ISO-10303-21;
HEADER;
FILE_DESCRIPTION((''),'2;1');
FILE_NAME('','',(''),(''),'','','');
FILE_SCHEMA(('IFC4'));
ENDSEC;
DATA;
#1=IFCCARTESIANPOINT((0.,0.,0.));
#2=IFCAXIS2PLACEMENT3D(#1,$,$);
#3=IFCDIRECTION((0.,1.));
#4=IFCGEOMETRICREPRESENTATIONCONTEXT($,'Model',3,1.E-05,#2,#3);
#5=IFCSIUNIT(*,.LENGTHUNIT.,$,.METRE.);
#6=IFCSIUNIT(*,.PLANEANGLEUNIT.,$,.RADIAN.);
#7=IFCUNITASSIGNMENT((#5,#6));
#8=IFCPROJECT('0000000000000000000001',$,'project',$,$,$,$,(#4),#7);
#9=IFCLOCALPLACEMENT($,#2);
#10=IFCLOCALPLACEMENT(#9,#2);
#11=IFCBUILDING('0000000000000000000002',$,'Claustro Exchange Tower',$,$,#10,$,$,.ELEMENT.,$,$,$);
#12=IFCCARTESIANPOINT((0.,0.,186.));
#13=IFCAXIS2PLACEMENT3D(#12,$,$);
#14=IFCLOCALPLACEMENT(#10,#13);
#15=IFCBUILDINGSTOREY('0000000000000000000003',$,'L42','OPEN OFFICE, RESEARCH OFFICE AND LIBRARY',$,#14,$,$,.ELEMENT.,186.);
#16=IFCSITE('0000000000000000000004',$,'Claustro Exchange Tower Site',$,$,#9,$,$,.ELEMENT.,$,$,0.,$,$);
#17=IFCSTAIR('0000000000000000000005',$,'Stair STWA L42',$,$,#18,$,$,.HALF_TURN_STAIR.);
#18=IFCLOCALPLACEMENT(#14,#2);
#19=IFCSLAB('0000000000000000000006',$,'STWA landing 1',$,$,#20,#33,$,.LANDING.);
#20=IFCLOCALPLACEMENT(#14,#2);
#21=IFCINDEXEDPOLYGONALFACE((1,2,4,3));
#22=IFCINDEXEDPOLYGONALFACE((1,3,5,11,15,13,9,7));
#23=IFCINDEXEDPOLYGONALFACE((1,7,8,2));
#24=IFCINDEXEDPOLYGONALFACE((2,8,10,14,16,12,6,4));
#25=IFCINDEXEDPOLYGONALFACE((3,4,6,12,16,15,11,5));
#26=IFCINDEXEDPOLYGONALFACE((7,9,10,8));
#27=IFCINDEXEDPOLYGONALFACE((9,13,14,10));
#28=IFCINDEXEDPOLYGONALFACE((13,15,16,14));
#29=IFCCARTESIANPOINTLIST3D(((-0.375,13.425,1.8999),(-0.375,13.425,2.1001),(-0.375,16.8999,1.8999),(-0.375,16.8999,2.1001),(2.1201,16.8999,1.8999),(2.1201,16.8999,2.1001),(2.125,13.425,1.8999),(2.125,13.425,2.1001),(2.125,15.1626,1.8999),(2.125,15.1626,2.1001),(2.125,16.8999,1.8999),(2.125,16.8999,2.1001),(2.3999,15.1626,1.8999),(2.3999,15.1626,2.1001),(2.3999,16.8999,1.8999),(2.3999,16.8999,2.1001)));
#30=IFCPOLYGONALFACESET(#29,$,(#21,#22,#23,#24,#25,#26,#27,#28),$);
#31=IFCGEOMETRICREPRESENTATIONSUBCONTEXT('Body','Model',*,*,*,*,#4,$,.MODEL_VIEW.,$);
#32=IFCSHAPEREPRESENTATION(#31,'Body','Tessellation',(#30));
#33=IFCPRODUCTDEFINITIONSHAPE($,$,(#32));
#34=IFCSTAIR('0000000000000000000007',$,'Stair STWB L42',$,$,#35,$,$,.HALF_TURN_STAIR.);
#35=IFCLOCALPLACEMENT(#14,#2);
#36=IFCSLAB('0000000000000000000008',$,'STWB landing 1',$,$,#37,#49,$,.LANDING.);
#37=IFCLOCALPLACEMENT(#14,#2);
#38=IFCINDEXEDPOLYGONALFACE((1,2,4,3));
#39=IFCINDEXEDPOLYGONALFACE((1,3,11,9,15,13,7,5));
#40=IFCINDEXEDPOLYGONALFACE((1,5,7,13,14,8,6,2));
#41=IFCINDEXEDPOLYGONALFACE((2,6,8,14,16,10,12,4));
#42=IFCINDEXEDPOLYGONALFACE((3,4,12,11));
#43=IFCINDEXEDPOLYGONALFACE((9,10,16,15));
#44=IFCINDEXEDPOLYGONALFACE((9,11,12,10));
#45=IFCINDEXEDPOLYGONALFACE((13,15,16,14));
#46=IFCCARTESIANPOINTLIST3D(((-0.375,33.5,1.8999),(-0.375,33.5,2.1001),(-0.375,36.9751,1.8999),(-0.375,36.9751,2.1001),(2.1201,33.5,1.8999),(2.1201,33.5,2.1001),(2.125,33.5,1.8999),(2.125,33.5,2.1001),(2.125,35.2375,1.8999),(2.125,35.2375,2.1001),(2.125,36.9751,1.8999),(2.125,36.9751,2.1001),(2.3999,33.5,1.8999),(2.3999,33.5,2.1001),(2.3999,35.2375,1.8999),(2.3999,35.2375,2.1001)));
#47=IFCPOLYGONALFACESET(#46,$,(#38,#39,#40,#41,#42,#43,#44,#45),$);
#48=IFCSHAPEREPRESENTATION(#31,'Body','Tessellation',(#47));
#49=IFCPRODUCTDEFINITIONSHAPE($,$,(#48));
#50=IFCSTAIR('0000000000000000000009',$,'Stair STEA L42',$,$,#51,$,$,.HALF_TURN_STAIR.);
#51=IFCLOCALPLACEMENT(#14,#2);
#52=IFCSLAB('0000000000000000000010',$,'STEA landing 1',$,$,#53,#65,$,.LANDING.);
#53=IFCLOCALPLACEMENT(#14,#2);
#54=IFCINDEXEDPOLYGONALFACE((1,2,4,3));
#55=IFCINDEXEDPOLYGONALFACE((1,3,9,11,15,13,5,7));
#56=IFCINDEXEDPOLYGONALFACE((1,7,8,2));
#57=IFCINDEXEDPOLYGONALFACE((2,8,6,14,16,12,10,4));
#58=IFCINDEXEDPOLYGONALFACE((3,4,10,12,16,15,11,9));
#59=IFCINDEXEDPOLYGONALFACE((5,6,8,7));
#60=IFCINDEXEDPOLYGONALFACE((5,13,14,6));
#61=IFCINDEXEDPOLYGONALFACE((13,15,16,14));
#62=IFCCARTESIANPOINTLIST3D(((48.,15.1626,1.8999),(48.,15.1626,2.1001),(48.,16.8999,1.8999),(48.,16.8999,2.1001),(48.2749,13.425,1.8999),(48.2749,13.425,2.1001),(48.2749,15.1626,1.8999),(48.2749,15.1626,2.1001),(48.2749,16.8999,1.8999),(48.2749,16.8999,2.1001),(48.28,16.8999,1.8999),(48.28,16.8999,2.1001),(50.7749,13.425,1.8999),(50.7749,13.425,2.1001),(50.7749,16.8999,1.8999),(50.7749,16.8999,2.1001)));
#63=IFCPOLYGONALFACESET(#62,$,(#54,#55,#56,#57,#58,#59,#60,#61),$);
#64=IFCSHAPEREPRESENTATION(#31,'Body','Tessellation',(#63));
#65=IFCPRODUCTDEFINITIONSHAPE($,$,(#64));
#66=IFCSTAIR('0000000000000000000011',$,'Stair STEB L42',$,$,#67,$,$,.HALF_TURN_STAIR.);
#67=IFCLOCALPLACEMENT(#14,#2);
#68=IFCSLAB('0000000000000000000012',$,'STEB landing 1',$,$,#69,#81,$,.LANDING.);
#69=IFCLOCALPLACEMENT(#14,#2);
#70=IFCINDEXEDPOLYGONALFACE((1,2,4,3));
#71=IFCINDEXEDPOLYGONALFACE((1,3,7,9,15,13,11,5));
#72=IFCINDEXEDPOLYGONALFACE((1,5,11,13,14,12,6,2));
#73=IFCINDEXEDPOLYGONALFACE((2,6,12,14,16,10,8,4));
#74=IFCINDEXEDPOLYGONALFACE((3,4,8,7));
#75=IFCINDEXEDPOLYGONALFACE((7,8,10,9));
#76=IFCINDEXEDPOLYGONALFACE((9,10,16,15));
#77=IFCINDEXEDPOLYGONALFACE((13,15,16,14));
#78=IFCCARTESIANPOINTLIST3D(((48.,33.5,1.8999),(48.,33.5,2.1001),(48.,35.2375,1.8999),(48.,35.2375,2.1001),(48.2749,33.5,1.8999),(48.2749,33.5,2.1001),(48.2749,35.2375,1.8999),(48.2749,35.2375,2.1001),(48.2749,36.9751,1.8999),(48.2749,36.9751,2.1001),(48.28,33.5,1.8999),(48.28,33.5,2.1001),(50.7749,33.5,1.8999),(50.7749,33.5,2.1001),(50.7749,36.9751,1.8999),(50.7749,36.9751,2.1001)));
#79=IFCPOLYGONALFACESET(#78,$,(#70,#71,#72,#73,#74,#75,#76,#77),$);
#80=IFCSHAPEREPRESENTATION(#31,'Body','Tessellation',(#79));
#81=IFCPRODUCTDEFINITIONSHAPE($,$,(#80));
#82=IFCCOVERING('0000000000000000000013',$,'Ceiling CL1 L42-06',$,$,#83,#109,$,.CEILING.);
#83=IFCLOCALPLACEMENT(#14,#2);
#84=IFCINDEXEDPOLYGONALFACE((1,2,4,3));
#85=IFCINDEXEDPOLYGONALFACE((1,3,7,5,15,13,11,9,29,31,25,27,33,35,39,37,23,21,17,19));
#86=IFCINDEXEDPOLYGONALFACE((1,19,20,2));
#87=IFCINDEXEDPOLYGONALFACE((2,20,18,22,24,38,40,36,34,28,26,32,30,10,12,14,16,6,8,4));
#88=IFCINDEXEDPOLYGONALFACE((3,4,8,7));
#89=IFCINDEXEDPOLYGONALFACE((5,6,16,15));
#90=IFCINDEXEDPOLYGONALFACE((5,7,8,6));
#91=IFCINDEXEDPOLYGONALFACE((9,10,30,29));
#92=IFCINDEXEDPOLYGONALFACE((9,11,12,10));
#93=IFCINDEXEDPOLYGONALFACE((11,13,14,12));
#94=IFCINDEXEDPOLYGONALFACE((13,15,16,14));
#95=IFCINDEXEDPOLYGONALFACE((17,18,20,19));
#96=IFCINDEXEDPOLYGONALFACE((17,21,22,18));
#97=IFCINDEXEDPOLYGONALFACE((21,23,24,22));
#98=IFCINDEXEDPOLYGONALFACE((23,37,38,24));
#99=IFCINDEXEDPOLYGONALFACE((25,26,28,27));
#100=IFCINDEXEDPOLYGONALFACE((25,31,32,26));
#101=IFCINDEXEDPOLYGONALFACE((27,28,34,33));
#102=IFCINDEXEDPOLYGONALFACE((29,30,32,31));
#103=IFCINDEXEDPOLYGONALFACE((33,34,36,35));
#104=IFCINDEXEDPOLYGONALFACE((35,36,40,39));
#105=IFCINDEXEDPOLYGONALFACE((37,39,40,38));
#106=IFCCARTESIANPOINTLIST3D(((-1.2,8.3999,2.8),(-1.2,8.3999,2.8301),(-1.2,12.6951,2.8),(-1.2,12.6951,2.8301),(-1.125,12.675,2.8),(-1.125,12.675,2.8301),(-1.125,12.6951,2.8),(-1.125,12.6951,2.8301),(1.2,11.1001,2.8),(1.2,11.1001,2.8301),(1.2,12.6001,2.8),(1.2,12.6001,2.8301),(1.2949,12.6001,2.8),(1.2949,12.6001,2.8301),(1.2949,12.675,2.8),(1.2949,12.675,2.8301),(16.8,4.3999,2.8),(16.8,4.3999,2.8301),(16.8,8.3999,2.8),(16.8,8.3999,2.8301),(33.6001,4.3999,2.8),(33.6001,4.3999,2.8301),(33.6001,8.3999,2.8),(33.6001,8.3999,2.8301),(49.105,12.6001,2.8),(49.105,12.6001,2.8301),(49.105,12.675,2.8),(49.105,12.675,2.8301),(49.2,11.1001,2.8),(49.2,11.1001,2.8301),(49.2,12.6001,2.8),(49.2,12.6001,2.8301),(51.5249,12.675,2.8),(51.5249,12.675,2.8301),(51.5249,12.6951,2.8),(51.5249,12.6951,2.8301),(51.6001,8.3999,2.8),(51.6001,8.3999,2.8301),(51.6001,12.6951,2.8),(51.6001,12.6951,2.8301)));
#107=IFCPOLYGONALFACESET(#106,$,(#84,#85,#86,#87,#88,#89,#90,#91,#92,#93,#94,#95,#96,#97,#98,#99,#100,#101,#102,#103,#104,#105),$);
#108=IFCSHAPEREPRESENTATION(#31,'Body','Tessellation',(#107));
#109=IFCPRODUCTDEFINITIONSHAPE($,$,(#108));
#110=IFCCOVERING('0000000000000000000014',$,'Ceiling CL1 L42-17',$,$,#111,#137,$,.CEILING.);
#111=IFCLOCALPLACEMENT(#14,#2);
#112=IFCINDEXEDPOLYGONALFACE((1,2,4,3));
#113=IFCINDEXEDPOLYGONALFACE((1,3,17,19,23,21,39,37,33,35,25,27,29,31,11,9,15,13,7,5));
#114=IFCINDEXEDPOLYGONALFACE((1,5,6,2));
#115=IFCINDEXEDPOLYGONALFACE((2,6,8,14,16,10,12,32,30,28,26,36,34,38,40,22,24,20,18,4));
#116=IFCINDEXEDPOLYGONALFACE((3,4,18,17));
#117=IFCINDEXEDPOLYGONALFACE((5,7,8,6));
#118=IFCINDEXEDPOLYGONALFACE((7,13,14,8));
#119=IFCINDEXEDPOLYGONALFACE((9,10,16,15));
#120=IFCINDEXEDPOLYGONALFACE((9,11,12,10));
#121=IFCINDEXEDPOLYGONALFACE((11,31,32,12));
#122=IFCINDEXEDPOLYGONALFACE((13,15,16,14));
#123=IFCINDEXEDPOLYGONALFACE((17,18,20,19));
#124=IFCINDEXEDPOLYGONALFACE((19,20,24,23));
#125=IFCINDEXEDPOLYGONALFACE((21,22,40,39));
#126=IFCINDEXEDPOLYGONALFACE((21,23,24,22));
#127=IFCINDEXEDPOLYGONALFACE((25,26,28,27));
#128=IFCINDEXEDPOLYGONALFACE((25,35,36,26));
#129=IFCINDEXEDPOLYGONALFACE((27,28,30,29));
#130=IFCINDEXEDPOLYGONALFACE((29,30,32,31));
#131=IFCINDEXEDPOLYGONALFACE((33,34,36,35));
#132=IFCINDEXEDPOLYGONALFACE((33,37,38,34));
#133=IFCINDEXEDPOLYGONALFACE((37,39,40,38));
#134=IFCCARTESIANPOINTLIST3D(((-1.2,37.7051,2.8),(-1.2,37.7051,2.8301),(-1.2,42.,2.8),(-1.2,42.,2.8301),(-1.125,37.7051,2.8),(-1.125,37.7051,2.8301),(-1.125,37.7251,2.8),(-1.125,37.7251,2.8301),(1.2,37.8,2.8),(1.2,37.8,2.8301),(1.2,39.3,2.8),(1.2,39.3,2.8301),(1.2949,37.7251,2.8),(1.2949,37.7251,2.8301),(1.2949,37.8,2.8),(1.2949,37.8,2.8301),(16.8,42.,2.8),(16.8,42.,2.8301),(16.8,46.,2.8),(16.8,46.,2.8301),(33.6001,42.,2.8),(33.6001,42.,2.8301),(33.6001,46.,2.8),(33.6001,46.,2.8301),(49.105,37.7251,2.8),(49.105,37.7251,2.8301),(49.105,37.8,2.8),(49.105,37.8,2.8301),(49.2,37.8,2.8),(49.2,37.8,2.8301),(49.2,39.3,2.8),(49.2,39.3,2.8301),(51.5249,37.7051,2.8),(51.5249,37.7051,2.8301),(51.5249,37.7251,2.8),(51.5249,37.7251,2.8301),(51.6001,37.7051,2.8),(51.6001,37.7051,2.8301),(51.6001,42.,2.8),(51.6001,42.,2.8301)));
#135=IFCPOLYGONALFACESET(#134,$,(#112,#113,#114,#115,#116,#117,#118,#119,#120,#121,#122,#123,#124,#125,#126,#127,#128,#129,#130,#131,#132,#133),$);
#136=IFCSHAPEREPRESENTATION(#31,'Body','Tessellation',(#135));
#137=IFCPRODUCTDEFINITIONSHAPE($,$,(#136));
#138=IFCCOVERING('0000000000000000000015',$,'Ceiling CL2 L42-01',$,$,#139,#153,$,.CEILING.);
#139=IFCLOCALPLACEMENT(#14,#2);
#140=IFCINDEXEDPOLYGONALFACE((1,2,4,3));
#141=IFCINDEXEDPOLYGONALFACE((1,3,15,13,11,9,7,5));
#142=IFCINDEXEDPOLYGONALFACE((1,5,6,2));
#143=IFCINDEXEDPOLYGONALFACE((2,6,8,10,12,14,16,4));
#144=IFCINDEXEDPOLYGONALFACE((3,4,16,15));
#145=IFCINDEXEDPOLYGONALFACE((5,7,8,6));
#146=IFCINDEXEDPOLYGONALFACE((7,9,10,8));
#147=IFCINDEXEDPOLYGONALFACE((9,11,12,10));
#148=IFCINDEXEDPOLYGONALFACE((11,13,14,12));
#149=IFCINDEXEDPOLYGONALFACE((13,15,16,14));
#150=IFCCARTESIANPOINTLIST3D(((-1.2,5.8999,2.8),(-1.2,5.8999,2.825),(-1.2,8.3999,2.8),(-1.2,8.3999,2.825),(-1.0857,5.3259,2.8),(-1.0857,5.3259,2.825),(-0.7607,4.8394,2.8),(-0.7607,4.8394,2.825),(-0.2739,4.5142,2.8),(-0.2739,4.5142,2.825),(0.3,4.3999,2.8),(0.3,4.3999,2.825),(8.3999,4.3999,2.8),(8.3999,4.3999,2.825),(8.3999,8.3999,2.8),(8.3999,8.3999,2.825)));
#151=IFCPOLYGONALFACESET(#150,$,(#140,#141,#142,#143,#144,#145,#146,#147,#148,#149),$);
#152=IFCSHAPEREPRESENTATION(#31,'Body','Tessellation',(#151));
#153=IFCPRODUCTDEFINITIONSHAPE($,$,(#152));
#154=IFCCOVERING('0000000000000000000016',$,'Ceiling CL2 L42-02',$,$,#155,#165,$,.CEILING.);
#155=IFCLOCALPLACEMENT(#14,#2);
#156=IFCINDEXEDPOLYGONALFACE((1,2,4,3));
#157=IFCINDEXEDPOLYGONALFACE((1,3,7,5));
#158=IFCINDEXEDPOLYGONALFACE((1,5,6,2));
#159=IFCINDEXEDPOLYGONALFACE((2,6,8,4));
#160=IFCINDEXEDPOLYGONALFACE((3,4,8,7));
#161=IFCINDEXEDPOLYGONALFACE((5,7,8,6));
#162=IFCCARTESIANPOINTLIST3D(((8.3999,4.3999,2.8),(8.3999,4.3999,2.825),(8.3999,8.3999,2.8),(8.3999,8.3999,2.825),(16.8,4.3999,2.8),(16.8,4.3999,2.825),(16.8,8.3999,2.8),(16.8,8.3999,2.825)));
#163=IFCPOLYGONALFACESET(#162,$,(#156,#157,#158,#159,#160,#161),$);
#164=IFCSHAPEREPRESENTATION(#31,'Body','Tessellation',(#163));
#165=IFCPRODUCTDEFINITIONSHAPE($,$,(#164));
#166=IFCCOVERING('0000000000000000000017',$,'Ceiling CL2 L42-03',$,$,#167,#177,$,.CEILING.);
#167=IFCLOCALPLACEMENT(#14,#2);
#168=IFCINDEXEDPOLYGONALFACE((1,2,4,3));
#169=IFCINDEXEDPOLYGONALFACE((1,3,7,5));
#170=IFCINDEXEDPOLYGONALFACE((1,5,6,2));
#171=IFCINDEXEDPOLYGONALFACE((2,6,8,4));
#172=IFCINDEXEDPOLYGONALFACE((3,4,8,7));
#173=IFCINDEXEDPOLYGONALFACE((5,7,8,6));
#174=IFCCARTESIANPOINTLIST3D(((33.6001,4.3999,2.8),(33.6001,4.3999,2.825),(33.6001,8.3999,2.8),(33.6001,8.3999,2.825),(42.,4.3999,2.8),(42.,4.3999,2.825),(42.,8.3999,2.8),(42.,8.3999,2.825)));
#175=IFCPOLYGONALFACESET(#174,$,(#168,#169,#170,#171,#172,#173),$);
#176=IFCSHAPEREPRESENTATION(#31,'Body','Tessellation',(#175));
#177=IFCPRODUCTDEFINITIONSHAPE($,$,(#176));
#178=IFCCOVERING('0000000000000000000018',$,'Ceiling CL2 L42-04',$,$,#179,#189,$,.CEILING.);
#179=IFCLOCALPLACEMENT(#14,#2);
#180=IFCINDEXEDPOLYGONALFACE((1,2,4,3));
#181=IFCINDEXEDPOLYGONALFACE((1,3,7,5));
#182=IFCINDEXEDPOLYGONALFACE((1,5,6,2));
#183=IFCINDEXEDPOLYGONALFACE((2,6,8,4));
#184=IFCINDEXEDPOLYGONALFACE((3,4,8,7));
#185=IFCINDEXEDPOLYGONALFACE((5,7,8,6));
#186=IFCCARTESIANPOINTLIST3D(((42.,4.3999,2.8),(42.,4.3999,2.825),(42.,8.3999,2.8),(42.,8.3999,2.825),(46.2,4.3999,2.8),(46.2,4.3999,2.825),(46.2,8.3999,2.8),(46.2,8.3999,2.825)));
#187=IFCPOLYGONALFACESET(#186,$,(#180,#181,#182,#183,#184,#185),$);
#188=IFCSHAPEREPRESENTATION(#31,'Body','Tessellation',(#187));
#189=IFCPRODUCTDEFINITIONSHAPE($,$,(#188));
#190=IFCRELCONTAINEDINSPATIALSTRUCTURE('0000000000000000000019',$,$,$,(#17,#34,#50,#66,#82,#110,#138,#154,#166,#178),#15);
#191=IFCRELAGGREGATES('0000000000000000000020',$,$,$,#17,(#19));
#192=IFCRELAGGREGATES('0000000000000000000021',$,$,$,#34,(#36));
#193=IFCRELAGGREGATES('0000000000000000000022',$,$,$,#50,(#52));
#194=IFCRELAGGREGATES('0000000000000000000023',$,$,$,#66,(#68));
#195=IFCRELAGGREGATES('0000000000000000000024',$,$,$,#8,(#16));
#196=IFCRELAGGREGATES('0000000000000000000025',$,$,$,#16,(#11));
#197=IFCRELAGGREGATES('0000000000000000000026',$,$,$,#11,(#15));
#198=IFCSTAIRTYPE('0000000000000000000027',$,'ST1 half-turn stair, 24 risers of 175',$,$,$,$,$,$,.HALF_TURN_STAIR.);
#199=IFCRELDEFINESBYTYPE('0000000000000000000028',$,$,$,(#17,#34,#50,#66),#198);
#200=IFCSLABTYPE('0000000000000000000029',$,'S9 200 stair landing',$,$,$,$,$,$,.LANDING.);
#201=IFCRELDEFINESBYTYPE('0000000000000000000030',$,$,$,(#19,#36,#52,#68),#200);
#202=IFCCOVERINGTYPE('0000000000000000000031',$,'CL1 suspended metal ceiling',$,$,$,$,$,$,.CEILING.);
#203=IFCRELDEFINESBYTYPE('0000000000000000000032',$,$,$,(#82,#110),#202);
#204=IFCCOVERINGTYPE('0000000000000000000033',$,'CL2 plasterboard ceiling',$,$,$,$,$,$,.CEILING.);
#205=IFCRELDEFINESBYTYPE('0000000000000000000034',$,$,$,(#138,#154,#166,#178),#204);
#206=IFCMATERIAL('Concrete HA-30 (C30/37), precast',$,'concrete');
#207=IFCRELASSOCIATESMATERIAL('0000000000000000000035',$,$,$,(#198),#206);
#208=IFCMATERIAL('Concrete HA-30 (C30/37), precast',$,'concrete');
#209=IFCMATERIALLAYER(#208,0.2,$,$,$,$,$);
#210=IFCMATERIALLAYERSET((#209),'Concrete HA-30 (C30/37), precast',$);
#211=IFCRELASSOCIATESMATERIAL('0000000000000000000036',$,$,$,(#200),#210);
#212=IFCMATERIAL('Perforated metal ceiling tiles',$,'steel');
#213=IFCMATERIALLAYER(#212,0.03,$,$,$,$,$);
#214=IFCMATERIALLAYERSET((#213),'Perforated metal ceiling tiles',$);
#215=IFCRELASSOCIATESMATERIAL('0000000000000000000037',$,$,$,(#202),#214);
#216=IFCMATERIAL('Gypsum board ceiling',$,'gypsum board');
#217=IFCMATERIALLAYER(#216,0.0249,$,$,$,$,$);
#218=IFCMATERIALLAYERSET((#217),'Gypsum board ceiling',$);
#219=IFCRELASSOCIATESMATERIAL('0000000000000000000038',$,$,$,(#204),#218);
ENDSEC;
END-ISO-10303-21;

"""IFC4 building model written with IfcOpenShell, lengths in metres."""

from ifc_helpers import new_model, si_unit, direction, frame, origin, place, context, subcontext, project, spatial, polyline, outline, extrude, material, layer, layer_set, type_object, element, aggregate, save


model = new_model("IFC4")

# Units and contexts
model_context = context("Model", 3, precision=1e-05, world=origin(), true_north=direction((0.0, 1.0)))
body_context = subcontext(model_context, "Body", "Model", "MODEL_VIEW")
ifc_project = project(units=[si_unit("LENGTHUNIT", "METRE"), si_unit("PLANEANGLEUNIT", "RADIAN")], contexts=[model_context])

# Site, building, storey
site_placement = place(None, origin())
site = spatial("IfcSite", under=ifc_project, at=site_placement, Name="Claustro Exchange Tower Site", CompositionType="ELEMENT", RefElevation=0.0)
building_placement = place(site_placement, origin())
building = spatial("IfcBuilding", under=site, at=building_placement, Name="Claustro Exchange Tower", CompositionType="ELEMENT")
storey_placement = place(building_placement, frame((0.0, 0.0, 186.0)))
storey = spatial("IfcBuildingStorey", under=building, at=storey_placement, Name="L42", Description="OPEN OFFICE, RESEARCH OFFICE AND LIBRARY", CompositionType="ELEMENT", Elevation=186.0)

# Stairs, slabs
ifc_material_1 = material(Name="Concrete HA-30 (C30/37), precast", Category="concrete")
stair_type = type_object("IfcStairType", Name="ST1 half-turn stair, 24 risers of 175", PredefinedType="HALF_TURN_STAIR", material=ifc_material_1)
stair_1_placement = place(storey_placement, origin())
stair_1 = element("IfcStair", 1, at=stair_1_placement, inside=storey, type_object=stair_type, Name="Stair STWA L42", PredefinedType="HALF_TURN_STAIR")
ifc_material_2 = material(Name="Concrete HA-30 (C30/37), precast", Category="concrete")
ifc_layer_1 = layer(ifc_material_2, 0.2)
ifc_layer_set_1 = layer_set([ifc_layer_1], Name="Concrete HA-30 (C30/37), precast")
slab_type_1 = type_object("IfcSlabType", Name="S9 200 stair landing", PredefinedType="LANDING", material=ifc_layer_set_1)
slab_1_placement = place(storey_placement, frame((0.0, 0.0, 1.8999)))
slab_1 = element("IfcSlab", 2, at=slab_1_placement, type_object=slab_type_1, Name="STWA landing 1", PredefinedType="LANDING", context=body_context, shape_type="SweptSolid", body=[
    extrude(outline(polyline([(2.125, 13.425), (-0.375, 13.425), (-0.375, 16.8999), (2.1201, 16.8999), (2.125, 16.8999), (2.3999, 16.8999), (2.3999, 15.1626), (2.125, 15.1626), (2.125, 13.425)])), origin(), (0.0, 0.0, 1.0), 0.2002),
])
aggregate(stair_1, [slab_1])
stair_2_placement = place(storey_placement, origin())
stair_2 = element("IfcStair", 3, at=stair_2_placement, inside=storey, type_object=stair_type, Name="Stair STWB L42", PredefinedType="HALF_TURN_STAIR")
slab_2_placement = place(storey_placement, frame((0.0, 0.0, 1.8999)))
slab_2 = element("IfcSlab", 4, at=slab_2_placement, type_object=slab_type_1, Name="STWB landing 1", PredefinedType="LANDING", context=body_context, shape_type="SweptSolid", body=[
    extrude(outline(polyline([(2.3999, 35.2375), (2.3999, 33.5), (2.125, 33.5), (2.1201, 33.5), (-0.375, 33.5), (-0.375, 36.9751), (2.125, 36.9751), (2.125, 35.2375), (2.3999, 35.2375)])), origin(), (0.0, 0.0, 1.0), 0.2002),
])
aggregate(stair_2, [slab_2])
stair_3_placement = place(storey_placement, origin())
stair_3 = element("IfcStair", 5, at=stair_3_placement, inside=storey, type_object=stair_type, Name="Stair STEA L42", PredefinedType="HALF_TURN_STAIR")
slab_3_placement = place(storey_placement, frame((0.0, 0.0, 1.8999)))
slab_3 = element("IfcSlab", 6, at=slab_3_placement, type_object=slab_type_1, Name="STEA landing 1", PredefinedType="LANDING", context=body_context, shape_type="SweptSolid", body=[
    extrude(outline(polyline([(50.7749, 16.8999), (50.7749, 13.425), (48.2749, 13.425), (48.2749, 15.1626), (48.0, 15.1626), (48.0, 16.8999), (48.2749, 16.8999), (48.28, 16.8999), (50.7749, 16.8999)])), origin(), (0.0, 0.0, 1.0), 0.2002),
])
aggregate(stair_3, [slab_3])
stair_4_placement = place(storey_placement, origin())
stair_4 = element("IfcStair", 7, at=stair_4_placement, inside=storey, type_object=stair_type, Name="Stair STEB L42", PredefinedType="HALF_TURN_STAIR")
slab_4_placement = place(storey_placement, frame((0.0, 0.0, 1.8999)))
slab_4 = element("IfcSlab", 8, at=slab_4_placement, type_object=slab_type_1, Name="STEB landing 1", PredefinedType="LANDING", context=body_context, shape_type="SweptSolid", body=[
    extrude(outline(polyline([(48.0, 33.5), (48.0, 35.2375), (48.2749, 35.2375), (48.2749, 36.9751), (50.7749, 36.9751), (50.7749, 33.5), (48.28, 33.5), (48.2749, 33.5), (48.0, 33.5)])), origin(), (0.0, 0.0, 1.0), 0.2002),
])
aggregate(stair_4, [slab_4])

# Coverings
ifc_material_3 = material(Name="Perforated metal ceiling tiles", Category="steel")
ifc_layer_2 = layer(ifc_material_3, 0.03)
ifc_layer_set_2 = layer_set([ifc_layer_2], Name="Perforated metal ceiling tiles")
covering_type_1 = type_object("IfcCoveringType", Name="CL1 suspended metal ceiling", PredefinedType="CEILING", material=ifc_layer_set_2)
covering_1_placement = place(storey_placement, frame((0.0, 0.0, 2.8)))
element("IfcCovering", 9, at=covering_1_placement, inside=storey, type_object=covering_type_1, Name="Ceiling CL1 L42-06", PredefinedType="CEILING", context=body_context, shape_type="SweptSolid", body=[
    extrude(outline(polyline([(1.2, 11.1001), (1.2, 12.6001), (1.2949, 12.6001), (1.2949, 12.675), (-1.125, 12.675), (-1.125, 12.6951), (-1.2, 12.6951), (-1.2, 8.3999), (16.8, 8.3999), (16.8, 4.3999), (33.6001, 4.3999), (33.6001, 8.3999), (51.6001, 8.3999), (51.6001, 12.6951), (51.5249, 12.6951), (51.5249, 12.675), (49.105, 12.675), (49.105, 12.6001), (49.2, 12.6001), (49.2, 11.1001), (1.2, 11.1001)])), origin(), (0.0, 0.0, 1.0), 0.03),
])
covering_2_placement = place(storey_placement, frame((0.0, 0.0, 2.8)))
element("IfcCovering", 10, at=covering_2_placement, inside=storey, type_object=covering_type_1, Name="Ceiling CL1 L42-17", PredefinedType="CEILING", context=body_context, shape_type="SweptSolid", body=[
    extrude(outline(polyline([(-1.125, 37.7251), (1.2949, 37.7251), (1.2949, 37.8), (1.2, 37.8), (1.2, 39.3), (49.2, 39.3), (49.2, 37.8), (49.105, 37.8), (49.105, 37.7251), (51.5249, 37.7251), (51.5249, 37.7051), (51.6001, 37.7051), (51.6001, 42.0), (33.6001, 42.0), (33.6001, 46.0), (16.8, 46.0), (16.8, 42.0), (-1.2, 42.0), (-1.2, 37.7051), (-1.125, 37.7051), (-1.125, 37.7251)])), origin(), (0.0, 0.0, 1.0), 0.03),
])
ifc_material_4 = material(Name="Gypsum board ceiling", Category="gypsum board")
ifc_layer_3 = layer(ifc_material_4, 0.0249)
ifc_layer_set_3 = layer_set([ifc_layer_3], Name="Gypsum board ceiling")
covering_type_2 = type_object("IfcCoveringType", Name="CL2 plasterboard ceiling", PredefinedType="CEILING", material=ifc_layer_set_3)
covering_3_placement = place(storey_placement, frame((0.0, 0.0, 2.8)))
element("IfcCovering", 11, at=covering_3_placement, inside=storey, type_object=covering_type_2, Name="Ceiling CL2 L42-01", PredefinedType="CEILING", context=body_context, shape_type="SweptSolid", body=[
    extrude(outline(polyline([(-1.0857, 5.3259), (-0.7607, 4.8394), (-0.2739, 4.5142), (0.3, 4.3999), (8.3999, 4.3999), (8.3999, 8.3999), (-1.2, 8.3999), (-1.2, 5.8999), (-1.0857, 5.3259)])), origin(), (0.0, 0.0, 1.0), 0.0249),
])
covering_4_placement = place(storey_placement, frame((0.0, 0.0, 2.8)))
element("IfcCovering", 12, at=covering_4_placement, inside=storey, type_object=covering_type_2, Name="Ceiling CL2 L42-02", PredefinedType="CEILING", context=body_context, shape_type="SweptSolid", body=[
    extrude(outline(polyline([(8.3999, 4.3999), (16.8, 4.3999), (16.8, 8.3999), (8.3999, 8.3999), (8.3999, 4.3999)])), origin(), (0.0, 0.0, 1.0), 0.0249),
])
covering_5_placement = place(storey_placement, frame((0.0, 0.0, 2.8)))
element("IfcCovering", 13, at=covering_5_placement, inside=storey, type_object=covering_type_2, Name="Ceiling CL2 L42-03", PredefinedType="CEILING", context=body_context, shape_type="SweptSolid", body=[
    extrude(outline(polyline([(33.6001, 4.3999), (42.0, 4.3999), (42.0, 8.3999), (33.6001, 8.3999), (33.6001, 4.3999)])), origin(), (0.0, 0.0, 1.0), 0.0249),
])
covering_6_placement = place(storey_placement, frame((0.0, 0.0, 2.8)))
element("IfcCovering", 14, at=covering_6_placement, inside=storey, type_object=covering_type_2, Name="Ceiling CL2 L42-04", PredefinedType="CEILING", context=body_context, shape_type="SweptSolid", body=[
    extrude(outline(polyline([(42.0, 4.3999), (46.2, 4.3999), (46.2, 8.3999), (42.0, 8.3999), (42.0, 4.3999)])), origin(), (0.0, 0.0, 1.0), 0.0249),
])

save(model, "model.ifc")
